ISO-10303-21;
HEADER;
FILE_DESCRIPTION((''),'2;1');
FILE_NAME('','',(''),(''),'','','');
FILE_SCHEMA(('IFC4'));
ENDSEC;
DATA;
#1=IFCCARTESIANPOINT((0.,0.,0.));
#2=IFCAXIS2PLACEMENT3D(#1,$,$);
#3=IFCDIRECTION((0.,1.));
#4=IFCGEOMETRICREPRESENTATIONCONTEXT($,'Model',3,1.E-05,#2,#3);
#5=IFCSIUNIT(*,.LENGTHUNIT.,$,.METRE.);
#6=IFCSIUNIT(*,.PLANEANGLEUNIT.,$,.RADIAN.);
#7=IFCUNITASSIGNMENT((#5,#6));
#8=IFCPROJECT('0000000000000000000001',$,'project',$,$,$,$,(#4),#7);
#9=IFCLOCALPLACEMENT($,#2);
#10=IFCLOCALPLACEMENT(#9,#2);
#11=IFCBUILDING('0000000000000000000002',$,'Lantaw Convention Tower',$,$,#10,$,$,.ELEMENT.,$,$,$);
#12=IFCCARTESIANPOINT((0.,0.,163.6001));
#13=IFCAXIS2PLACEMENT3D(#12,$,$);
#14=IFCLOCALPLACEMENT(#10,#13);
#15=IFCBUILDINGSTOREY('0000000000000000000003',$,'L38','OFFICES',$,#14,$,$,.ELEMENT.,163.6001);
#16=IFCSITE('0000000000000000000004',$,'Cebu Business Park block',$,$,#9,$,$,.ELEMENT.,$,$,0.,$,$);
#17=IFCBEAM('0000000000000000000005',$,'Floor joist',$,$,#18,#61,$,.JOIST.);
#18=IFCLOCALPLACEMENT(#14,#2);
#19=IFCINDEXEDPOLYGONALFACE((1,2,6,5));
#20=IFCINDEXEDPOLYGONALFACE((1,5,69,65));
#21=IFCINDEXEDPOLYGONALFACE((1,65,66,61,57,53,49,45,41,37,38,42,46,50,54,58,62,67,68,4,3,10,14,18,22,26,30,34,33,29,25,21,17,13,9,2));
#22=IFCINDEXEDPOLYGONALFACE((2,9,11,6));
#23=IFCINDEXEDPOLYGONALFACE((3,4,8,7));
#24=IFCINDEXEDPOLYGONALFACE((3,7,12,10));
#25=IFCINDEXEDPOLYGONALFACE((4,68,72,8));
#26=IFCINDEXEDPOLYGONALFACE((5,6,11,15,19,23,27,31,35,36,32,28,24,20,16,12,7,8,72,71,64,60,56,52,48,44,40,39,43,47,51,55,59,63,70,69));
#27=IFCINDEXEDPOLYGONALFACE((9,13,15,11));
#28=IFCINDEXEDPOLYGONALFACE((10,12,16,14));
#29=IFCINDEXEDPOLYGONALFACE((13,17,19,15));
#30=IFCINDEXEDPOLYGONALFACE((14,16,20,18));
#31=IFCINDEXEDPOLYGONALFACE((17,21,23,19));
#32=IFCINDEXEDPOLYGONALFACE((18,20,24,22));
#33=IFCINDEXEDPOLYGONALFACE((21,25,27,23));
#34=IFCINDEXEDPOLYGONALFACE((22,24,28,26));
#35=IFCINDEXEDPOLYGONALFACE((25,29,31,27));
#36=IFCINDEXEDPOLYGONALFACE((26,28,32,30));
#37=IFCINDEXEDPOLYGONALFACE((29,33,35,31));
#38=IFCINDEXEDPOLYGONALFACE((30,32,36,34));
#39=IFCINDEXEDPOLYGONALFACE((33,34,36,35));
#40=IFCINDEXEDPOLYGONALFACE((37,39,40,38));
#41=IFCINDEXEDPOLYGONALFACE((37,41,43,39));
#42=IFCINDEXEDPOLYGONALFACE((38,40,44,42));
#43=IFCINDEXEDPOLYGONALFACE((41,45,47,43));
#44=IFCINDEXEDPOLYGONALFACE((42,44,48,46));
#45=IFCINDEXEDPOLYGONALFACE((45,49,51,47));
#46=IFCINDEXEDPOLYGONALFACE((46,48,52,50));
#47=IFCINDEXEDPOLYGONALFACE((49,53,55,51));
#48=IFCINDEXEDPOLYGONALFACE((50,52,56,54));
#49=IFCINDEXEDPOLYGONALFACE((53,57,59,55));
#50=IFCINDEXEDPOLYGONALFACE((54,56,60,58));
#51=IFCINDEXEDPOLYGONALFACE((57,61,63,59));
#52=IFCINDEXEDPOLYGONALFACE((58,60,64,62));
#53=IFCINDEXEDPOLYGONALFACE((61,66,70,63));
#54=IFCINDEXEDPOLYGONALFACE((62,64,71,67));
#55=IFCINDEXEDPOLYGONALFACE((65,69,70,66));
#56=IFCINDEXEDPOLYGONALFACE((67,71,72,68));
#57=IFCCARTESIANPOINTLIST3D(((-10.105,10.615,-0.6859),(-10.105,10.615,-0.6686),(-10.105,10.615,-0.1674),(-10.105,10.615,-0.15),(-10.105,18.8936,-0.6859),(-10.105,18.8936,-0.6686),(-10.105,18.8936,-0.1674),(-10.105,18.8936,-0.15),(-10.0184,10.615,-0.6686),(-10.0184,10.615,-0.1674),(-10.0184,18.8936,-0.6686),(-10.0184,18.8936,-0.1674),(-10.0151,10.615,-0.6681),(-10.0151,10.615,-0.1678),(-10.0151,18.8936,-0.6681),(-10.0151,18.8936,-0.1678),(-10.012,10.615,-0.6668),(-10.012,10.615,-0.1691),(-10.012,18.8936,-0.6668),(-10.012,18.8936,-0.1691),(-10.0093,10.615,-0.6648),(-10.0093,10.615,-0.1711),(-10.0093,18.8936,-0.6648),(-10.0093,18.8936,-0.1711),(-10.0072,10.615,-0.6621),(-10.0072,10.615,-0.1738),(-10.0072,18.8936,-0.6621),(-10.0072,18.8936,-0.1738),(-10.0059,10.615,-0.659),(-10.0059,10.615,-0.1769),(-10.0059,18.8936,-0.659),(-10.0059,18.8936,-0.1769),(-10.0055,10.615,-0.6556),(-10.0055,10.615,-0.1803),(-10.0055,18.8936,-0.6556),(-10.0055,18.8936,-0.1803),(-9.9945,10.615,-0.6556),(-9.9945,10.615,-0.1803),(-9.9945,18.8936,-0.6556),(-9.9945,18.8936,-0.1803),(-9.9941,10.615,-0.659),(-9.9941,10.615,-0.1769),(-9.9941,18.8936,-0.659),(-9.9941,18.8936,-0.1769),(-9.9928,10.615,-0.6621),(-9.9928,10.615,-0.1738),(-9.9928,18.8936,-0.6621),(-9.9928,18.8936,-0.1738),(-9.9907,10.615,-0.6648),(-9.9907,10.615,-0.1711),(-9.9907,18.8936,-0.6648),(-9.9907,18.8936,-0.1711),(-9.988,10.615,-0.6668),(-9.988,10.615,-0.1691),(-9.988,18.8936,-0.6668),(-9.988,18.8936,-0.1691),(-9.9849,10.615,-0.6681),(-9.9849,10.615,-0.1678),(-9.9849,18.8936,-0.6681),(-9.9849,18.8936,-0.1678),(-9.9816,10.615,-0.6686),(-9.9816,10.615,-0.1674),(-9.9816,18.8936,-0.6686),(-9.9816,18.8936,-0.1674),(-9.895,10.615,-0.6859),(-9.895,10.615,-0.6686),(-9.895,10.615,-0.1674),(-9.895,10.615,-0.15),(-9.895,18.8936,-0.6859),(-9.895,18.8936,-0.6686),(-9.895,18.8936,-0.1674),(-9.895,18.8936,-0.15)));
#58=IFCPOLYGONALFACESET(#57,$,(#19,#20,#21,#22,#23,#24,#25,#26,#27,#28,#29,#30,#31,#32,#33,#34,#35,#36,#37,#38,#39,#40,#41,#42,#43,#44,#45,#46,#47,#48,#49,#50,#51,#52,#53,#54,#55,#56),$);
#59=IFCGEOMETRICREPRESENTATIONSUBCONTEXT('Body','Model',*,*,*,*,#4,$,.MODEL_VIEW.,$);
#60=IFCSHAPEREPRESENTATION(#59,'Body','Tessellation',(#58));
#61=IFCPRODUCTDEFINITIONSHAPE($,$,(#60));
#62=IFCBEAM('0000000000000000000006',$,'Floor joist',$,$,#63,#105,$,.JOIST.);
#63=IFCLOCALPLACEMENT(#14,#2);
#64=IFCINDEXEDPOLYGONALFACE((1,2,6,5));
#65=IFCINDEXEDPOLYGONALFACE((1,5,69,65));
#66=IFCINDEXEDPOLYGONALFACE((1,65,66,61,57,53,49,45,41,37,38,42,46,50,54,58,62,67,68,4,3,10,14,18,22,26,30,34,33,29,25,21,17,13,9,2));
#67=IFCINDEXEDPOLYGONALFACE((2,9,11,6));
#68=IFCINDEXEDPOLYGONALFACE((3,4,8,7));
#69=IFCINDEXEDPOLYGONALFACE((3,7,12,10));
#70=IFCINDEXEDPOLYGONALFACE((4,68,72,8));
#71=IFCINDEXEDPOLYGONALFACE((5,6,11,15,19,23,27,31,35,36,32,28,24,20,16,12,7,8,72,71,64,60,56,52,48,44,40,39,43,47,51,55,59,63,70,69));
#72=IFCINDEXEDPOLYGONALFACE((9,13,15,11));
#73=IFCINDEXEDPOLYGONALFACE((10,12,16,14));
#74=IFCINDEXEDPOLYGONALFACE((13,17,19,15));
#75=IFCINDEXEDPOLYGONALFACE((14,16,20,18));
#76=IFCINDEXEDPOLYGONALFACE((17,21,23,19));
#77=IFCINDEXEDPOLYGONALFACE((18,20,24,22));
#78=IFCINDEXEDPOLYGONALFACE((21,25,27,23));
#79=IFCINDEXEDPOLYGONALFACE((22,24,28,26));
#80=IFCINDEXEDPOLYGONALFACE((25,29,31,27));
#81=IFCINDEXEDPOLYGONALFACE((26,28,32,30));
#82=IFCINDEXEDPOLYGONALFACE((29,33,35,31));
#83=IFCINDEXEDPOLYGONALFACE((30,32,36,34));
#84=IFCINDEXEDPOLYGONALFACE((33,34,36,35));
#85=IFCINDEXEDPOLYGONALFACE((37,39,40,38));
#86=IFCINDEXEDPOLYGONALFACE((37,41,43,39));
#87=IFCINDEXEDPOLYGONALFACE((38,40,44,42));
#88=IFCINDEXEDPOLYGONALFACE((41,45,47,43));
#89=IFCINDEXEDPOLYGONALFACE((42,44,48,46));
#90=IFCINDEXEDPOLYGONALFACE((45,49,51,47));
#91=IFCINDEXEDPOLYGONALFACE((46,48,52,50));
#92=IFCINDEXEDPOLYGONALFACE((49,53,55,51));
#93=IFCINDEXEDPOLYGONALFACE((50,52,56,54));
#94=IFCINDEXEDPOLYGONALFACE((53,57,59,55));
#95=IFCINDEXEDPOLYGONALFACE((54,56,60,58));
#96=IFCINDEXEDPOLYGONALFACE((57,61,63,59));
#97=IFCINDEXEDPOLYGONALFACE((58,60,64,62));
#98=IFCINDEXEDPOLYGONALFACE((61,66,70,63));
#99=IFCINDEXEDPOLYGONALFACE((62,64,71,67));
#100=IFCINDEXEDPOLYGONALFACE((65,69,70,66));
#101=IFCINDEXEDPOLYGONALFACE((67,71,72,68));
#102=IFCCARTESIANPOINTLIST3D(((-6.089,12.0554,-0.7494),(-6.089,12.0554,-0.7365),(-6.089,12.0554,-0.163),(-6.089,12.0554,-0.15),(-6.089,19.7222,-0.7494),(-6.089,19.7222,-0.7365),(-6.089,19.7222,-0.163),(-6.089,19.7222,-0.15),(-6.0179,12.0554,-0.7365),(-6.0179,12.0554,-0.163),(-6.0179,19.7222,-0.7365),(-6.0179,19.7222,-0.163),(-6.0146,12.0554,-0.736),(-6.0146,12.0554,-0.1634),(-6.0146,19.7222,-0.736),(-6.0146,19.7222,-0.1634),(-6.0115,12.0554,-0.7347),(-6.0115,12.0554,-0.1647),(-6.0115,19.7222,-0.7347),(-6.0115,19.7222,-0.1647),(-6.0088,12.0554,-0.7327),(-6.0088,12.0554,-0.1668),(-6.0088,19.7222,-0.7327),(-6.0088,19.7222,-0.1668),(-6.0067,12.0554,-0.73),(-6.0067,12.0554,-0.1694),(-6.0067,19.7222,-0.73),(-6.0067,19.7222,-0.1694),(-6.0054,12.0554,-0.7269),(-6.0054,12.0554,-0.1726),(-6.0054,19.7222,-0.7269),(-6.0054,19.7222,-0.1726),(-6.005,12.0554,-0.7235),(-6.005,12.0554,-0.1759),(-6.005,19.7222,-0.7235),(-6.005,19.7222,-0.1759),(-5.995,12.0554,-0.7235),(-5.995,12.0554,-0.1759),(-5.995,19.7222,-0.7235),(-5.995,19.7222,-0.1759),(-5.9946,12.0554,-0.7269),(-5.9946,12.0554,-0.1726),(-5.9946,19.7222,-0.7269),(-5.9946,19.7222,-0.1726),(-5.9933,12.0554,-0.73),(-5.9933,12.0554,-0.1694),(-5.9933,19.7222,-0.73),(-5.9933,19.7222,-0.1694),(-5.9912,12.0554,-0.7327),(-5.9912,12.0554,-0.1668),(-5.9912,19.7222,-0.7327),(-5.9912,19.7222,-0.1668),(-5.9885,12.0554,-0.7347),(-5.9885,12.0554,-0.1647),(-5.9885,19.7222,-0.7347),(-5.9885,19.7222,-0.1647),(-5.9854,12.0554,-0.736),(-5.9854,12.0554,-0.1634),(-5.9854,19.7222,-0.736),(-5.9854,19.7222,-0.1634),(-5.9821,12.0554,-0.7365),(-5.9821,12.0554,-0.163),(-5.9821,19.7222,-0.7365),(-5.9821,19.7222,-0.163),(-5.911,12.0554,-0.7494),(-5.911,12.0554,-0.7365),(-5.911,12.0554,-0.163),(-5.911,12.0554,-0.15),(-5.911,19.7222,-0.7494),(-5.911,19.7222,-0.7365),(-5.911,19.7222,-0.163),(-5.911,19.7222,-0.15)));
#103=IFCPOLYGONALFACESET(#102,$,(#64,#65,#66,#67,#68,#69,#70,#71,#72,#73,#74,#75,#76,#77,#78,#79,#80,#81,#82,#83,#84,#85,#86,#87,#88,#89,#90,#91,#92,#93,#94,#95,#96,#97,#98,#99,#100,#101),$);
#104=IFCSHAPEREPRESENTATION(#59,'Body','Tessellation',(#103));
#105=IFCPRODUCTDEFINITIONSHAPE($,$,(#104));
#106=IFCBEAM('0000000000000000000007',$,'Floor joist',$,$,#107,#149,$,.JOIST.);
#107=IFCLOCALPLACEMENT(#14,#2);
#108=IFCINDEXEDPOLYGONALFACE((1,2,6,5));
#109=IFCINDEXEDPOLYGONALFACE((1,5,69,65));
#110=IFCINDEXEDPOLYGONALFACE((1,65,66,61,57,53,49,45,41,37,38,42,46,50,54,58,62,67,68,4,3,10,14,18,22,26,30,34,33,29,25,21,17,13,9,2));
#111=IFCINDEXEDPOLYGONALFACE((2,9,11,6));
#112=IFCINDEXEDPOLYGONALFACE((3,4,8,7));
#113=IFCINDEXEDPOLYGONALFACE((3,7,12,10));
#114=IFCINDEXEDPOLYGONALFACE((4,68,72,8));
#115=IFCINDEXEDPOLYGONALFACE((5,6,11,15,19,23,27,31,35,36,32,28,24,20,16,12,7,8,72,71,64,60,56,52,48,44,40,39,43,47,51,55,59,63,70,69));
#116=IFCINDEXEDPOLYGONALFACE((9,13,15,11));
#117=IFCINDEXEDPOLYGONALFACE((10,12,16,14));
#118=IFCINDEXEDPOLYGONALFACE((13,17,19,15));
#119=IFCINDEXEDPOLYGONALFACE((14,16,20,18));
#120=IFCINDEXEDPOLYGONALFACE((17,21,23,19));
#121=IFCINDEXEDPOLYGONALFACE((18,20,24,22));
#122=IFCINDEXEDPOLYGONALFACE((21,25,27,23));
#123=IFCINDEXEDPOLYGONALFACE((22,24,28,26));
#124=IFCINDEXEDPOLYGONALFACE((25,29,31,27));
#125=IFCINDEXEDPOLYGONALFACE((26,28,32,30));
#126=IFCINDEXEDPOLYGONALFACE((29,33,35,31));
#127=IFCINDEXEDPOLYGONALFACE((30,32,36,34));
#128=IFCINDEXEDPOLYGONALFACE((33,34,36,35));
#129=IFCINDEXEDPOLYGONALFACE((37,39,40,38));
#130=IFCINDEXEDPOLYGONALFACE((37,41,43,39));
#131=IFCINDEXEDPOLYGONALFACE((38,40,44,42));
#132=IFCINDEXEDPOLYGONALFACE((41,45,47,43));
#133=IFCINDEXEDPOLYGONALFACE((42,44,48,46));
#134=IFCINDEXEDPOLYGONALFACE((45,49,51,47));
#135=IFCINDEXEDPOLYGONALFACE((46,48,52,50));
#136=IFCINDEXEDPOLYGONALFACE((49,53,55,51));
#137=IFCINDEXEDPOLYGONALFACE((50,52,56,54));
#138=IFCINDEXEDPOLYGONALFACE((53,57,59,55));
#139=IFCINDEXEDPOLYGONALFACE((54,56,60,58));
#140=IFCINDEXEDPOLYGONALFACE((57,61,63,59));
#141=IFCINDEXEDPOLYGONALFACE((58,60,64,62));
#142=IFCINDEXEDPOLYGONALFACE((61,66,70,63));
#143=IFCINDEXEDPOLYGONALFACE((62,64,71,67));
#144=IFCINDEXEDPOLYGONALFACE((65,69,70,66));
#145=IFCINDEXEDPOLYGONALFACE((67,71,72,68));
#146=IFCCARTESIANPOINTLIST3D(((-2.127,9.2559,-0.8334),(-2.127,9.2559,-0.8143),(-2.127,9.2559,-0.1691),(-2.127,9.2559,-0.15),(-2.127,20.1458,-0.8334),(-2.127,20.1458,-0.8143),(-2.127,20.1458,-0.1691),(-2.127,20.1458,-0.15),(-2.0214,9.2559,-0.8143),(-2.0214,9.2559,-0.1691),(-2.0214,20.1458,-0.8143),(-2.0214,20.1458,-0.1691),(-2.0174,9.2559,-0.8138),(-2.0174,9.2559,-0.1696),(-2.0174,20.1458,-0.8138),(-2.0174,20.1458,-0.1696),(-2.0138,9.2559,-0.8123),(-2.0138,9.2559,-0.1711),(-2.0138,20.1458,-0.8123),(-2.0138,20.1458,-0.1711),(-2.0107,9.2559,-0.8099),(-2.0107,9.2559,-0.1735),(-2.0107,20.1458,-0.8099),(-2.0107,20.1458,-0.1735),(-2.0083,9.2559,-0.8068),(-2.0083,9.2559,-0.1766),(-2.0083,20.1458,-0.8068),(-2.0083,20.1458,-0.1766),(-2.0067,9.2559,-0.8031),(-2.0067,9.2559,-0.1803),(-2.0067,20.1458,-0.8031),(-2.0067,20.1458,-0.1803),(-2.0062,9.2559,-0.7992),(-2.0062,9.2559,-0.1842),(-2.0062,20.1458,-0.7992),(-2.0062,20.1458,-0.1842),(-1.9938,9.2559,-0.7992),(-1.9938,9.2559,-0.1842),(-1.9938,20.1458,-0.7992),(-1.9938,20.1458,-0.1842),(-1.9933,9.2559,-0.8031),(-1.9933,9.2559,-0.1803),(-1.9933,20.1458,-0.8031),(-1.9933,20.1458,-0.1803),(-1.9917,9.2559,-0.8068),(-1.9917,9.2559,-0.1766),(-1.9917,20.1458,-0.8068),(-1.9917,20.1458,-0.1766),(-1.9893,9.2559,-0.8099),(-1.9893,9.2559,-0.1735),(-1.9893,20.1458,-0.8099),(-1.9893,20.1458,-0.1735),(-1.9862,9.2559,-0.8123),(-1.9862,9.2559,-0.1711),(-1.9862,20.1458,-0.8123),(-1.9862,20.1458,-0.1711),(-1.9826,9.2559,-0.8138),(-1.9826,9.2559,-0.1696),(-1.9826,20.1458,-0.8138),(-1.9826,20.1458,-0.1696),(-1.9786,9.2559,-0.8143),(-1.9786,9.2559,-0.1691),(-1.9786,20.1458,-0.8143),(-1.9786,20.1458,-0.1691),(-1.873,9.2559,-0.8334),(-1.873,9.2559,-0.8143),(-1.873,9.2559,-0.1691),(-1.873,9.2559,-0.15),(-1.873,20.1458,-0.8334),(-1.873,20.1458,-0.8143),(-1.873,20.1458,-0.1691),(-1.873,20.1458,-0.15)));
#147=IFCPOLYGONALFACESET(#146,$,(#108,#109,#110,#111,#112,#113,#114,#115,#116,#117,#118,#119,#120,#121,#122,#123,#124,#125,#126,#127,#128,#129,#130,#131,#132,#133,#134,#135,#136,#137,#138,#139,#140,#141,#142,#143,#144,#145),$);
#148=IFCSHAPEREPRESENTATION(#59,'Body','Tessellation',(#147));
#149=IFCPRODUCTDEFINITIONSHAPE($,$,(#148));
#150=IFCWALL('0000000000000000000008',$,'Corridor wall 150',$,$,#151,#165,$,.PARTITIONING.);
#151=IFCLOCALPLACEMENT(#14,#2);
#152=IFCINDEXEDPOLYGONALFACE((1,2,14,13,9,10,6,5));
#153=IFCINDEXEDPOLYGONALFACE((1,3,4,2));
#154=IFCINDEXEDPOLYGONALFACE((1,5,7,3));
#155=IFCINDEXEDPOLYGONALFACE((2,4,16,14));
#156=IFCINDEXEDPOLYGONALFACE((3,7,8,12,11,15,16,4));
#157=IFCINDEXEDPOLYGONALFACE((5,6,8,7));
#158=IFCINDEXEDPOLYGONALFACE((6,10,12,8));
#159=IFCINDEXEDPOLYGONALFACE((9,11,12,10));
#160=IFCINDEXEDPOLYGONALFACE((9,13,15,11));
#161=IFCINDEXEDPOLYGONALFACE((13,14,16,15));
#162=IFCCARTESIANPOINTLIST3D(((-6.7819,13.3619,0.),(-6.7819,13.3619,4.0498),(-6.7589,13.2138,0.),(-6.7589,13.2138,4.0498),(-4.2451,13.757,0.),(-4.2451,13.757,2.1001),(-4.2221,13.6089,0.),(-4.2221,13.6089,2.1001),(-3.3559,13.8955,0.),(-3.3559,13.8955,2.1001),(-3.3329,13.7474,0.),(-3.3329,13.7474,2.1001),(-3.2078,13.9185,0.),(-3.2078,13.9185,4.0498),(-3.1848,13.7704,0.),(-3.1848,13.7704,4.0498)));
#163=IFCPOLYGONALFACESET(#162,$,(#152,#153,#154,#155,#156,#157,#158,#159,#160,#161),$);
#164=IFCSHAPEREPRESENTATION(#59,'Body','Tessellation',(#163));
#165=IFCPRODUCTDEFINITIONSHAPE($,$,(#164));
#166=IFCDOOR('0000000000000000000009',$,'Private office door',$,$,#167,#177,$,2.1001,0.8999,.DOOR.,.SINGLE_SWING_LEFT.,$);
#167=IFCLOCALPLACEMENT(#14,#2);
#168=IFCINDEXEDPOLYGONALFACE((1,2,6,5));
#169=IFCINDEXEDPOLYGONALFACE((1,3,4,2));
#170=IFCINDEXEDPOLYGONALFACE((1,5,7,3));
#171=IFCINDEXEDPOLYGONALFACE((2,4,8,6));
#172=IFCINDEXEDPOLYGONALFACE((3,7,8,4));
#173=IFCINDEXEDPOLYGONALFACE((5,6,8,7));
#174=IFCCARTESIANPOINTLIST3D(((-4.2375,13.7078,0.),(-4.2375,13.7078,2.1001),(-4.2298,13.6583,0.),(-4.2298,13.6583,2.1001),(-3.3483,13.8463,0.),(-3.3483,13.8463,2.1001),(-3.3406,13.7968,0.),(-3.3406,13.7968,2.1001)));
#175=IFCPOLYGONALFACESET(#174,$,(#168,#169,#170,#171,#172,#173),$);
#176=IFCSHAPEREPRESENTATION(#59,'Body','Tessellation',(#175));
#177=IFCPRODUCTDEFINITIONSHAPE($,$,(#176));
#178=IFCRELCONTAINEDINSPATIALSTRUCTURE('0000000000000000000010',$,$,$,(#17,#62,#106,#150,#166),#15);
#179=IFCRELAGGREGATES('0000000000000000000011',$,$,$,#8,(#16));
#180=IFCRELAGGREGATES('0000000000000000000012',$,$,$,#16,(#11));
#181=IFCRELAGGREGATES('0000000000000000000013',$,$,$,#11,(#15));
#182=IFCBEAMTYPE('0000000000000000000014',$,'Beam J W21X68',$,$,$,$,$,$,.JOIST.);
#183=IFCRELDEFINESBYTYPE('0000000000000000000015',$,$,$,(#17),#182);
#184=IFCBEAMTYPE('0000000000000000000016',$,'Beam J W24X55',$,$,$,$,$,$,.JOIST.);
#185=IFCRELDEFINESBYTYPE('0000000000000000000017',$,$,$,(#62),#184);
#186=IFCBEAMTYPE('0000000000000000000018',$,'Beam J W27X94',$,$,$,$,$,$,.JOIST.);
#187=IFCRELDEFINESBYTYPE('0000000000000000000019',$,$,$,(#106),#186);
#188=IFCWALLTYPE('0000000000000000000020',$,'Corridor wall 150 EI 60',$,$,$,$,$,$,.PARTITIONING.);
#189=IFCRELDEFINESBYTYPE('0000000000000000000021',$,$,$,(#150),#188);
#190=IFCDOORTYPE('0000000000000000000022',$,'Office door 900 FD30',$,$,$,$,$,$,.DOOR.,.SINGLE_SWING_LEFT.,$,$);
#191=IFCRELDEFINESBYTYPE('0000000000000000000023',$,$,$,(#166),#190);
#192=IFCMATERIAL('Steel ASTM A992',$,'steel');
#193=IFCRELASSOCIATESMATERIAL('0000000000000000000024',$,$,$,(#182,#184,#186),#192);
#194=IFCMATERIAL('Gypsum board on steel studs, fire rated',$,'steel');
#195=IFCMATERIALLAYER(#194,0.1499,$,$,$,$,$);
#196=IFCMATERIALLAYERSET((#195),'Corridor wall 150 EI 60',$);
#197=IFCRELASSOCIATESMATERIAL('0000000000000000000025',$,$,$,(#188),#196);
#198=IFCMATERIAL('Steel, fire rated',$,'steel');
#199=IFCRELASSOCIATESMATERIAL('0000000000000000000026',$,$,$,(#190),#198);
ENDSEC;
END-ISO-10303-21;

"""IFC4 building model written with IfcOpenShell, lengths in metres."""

from ifc_helpers import new_model, si_unit, direction, frame, frame_2d, origin, origin_2d, place, context, subcontext, project, spatial, rectangle, i_section, extrude, material, layer, layer_set, material_profile, profile_set, type_object, element, fill, save


model = new_model("IFC4")

# Units and contexts
model_context = context("Model", 3, precision=1e-05, world=origin(), true_north=direction((0.0, 1.0)))
body_context = subcontext(model_context, "Body", "Model", "MODEL_VIEW")
ifc_project = project(units=[si_unit("LENGTHUNIT", "METRE"), si_unit("PLANEANGLEUNIT", "RADIAN")], contexts=[model_context])

# Site, building, storey
site_placement = place(None, origin())
site = spatial("IfcSite", under=ifc_project, at=site_placement, Name="Cebu Business Park block", CompositionType="ELEMENT", RefElevation=0.0)
building_placement = place(site_placement, origin())
building = spatial("IfcBuilding", under=site, at=building_placement, Name="Lantaw Convention Tower", CompositionType="ELEMENT")
storey_placement = place(building_placement, frame((0.0, 0.0, 163.6001)))
storey = spatial("IfcBuildingStorey", under=building, at=storey_placement, Name="L38", Description="OFFICES", CompositionType="ELEMENT", Elevation=163.6001)

# Beams
ifc_material_1 = material(Name="Steel ASTM A992", Category="steel")
ifc_material_profile_1 = material_profile(ifc_material_1, i_section(OverallWidth=0.21, OverallDepth=0.5359, WebThickness=0.011, FlangeThickness=0.0173, FilletRadius=0.0129, at=origin_2d()), Name="W21X68")
ifc_profile_set_1 = profile_set([ifc_material_profile_1], Name="Steel ASTM A992")
beam_type_1 = type_object("IfcBeamType", Name="Beam J W21X68", PredefinedType="JOIST", material=ifc_profile_set_1)
beam_1_placement = place(storey_placement, frame((-10.0, 10.615, -0.418), z_axis=(0.0, 1.0, 0.0), x_axis=(-1.0, 0.0, 0.0)))
element("IfcBeam", 1, at=beam_1_placement, inside=storey, type_object=beam_type_1, Name="Floor joist", PredefinedType="JOIST", context=body_context, shape_type="SweptSolid", body=[
    extrude(i_section(OverallWidth=0.21, OverallDepth=0.5359, WebThickness=0.011, FlangeThickness=0.0173, FilletRadius=0.0129, at=origin_2d()), origin(), (0.0, 0.0, 1.0), 8.2786),
])
ifc_material_profile_2 = material_profile(ifc_material_1, i_section(OverallWidth=0.178, OverallDepth=0.5994, WebThickness=0.01, FlangeThickness=0.0129, FilletRadius=0.0129, at=origin_2d()), Name="W24X55")
ifc_profile_set_2 = profile_set([ifc_material_profile_2], Name="Steel ASTM A992")
beam_type_2 = type_object("IfcBeamType", Name="Beam J W24X55", PredefinedType="JOIST", material=ifc_profile_set_2)
beam_2_placement = place(storey_placement, frame((-6.0, 12.0554, -0.4497), z_axis=(0.0, 1.0, 0.0), x_axis=(-1.0, 0.0, 0.0)))
element("IfcBeam", 2, at=beam_2_placement, inside=storey, type_object=beam_type_2, Name="Floor joist", PredefinedType="JOIST", context=body_context, shape_type="SweptSolid", body=[
    extrude(i_section(OverallWidth=0.178, OverallDepth=0.5994, WebThickness=0.01, FlangeThickness=0.0129, FilletRadius=0.0129, at=origin_2d()), origin(), (0.0, 0.0, 1.0), 7.6667),
])
ifc_material_profile_3 = material_profile(ifc_material_1, i_section(OverallWidth=0.2539, OverallDepth=0.6833, WebThickness=0.0125, FlangeThickness=0.019, FilletRadius=0.0151, at=origin_2d()), Name="W27X94")
ifc_profile_set_3 = profile_set([ifc_material_profile_3], Name="Steel ASTM A992")
beam_type_3 = type_object("IfcBeamType", Name="Beam J W27X94", PredefinedType="JOIST", material=ifc_profile_set_3)
beam_3_placement = place(storey_placement, frame((-2.0, 9.2559, -0.4917), z_axis=(0.0, 1.0, 0.0), x_axis=(-1.0, 0.0, 0.0)))
element("IfcBeam", 3, at=beam_3_placement, inside=storey, type_object=beam_type_3, Name="Floor joist", PredefinedType="JOIST", context=body_context, shape_type="SweptSolid", body=[
    extrude(i_section(OverallWidth=0.2539, OverallDepth=0.6833, WebThickness=0.0125, FlangeThickness=0.019, FilletRadius=0.0151, at=origin_2d()), origin(), (0.0, 0.0, 1.0), 10.8899),
])

# Wall, opening, door
ifc_material_2 = material(Name="Gypsum board on steel studs, fire rated", Category="steel")
ifc_layer_1 = layer(ifc_material_2, 0.1499)
ifc_layer_set_1 = layer_set([ifc_layer_1], Name="Corridor wall 150 EI 60")
wall_type_1 = type_object("IfcWallType", Name="Corridor wall 150 EI 60", PredefinedType="PARTITIONING", material=ifc_layer_set_1)
wall_1_placement = place(storey_placement, frame((-3.1963, 13.8445, 0.0), z_axis=(0.0, 0.0, 1.0), x_axis=(-0.988089, -0.153883, 0.0)))
wall_1 = element("IfcWall", 4, at=wall_1_placement, inside=storey, type_object=wall_type_1, Name="Corridor wall 150", PredefinedType="PARTITIONING", context=body_context, shape_type="SweptSolid", body=[
    extrude(rectangle(XDim=3.6172, YDim=0.1499, at=frame_2d((1.8086, 0.0))), origin(), (0.0, 0.0, 1.0), 4.0498),
])
opening_1_placement = place(wall_1_placement, frame((0.1499, 0.0, 0.0)))
opening_1 = element("IfcOpeningElement", 5, at=opening_1_placement, cuts=wall_1, PredefinedType="OPENING", context=body_context, shape_type="SweptSolid", body=[
    extrude(rectangle(XDim=0.8999, YDim=2.1001, at=frame_2d((0.45, 1.05))), frame((0.0, 0.085, 0.0), z_axis=(0.0, -1.0, 0.0), x_axis=(1.0, 0.0, 0.0)), (0.0, 0.0, 1.0), 0.1699),
])
ifc_material_3 = material(Name="Steel, fire rated", Category="steel")
door_type_1 = type_object("IfcDoorType", Name="Office door 900 FD30", OperationType="SINGLE_SWING_LEFT", PredefinedType="DOOR", material=ifc_material_3)
door_1_placement = place(opening_1_placement, origin())
door_1 = element("IfcDoor", 6, at=door_1_placement, inside=storey, type_object=door_type_1, Name="Private office door", OperationType="SINGLE_SWING_LEFT", OverallHeight=2.1001, OverallWidth=0.8999, PredefinedType="DOOR", context=body_context, shape_type="SweptSolid", body=[
    extrude(rectangle(XDim=0.8999, YDim=2.1001, at=frame_2d((0.45, 1.05))), frame((0.0, 0.0249, 0.0), z_axis=(0.0, -1.0, 0.0), x_axis=(1.0, 0.0, 0.0)), (0.0, 0.0, 1.0), 0.05),
])
fill(opening_1, door_1)

save(model, "model.ifc")
